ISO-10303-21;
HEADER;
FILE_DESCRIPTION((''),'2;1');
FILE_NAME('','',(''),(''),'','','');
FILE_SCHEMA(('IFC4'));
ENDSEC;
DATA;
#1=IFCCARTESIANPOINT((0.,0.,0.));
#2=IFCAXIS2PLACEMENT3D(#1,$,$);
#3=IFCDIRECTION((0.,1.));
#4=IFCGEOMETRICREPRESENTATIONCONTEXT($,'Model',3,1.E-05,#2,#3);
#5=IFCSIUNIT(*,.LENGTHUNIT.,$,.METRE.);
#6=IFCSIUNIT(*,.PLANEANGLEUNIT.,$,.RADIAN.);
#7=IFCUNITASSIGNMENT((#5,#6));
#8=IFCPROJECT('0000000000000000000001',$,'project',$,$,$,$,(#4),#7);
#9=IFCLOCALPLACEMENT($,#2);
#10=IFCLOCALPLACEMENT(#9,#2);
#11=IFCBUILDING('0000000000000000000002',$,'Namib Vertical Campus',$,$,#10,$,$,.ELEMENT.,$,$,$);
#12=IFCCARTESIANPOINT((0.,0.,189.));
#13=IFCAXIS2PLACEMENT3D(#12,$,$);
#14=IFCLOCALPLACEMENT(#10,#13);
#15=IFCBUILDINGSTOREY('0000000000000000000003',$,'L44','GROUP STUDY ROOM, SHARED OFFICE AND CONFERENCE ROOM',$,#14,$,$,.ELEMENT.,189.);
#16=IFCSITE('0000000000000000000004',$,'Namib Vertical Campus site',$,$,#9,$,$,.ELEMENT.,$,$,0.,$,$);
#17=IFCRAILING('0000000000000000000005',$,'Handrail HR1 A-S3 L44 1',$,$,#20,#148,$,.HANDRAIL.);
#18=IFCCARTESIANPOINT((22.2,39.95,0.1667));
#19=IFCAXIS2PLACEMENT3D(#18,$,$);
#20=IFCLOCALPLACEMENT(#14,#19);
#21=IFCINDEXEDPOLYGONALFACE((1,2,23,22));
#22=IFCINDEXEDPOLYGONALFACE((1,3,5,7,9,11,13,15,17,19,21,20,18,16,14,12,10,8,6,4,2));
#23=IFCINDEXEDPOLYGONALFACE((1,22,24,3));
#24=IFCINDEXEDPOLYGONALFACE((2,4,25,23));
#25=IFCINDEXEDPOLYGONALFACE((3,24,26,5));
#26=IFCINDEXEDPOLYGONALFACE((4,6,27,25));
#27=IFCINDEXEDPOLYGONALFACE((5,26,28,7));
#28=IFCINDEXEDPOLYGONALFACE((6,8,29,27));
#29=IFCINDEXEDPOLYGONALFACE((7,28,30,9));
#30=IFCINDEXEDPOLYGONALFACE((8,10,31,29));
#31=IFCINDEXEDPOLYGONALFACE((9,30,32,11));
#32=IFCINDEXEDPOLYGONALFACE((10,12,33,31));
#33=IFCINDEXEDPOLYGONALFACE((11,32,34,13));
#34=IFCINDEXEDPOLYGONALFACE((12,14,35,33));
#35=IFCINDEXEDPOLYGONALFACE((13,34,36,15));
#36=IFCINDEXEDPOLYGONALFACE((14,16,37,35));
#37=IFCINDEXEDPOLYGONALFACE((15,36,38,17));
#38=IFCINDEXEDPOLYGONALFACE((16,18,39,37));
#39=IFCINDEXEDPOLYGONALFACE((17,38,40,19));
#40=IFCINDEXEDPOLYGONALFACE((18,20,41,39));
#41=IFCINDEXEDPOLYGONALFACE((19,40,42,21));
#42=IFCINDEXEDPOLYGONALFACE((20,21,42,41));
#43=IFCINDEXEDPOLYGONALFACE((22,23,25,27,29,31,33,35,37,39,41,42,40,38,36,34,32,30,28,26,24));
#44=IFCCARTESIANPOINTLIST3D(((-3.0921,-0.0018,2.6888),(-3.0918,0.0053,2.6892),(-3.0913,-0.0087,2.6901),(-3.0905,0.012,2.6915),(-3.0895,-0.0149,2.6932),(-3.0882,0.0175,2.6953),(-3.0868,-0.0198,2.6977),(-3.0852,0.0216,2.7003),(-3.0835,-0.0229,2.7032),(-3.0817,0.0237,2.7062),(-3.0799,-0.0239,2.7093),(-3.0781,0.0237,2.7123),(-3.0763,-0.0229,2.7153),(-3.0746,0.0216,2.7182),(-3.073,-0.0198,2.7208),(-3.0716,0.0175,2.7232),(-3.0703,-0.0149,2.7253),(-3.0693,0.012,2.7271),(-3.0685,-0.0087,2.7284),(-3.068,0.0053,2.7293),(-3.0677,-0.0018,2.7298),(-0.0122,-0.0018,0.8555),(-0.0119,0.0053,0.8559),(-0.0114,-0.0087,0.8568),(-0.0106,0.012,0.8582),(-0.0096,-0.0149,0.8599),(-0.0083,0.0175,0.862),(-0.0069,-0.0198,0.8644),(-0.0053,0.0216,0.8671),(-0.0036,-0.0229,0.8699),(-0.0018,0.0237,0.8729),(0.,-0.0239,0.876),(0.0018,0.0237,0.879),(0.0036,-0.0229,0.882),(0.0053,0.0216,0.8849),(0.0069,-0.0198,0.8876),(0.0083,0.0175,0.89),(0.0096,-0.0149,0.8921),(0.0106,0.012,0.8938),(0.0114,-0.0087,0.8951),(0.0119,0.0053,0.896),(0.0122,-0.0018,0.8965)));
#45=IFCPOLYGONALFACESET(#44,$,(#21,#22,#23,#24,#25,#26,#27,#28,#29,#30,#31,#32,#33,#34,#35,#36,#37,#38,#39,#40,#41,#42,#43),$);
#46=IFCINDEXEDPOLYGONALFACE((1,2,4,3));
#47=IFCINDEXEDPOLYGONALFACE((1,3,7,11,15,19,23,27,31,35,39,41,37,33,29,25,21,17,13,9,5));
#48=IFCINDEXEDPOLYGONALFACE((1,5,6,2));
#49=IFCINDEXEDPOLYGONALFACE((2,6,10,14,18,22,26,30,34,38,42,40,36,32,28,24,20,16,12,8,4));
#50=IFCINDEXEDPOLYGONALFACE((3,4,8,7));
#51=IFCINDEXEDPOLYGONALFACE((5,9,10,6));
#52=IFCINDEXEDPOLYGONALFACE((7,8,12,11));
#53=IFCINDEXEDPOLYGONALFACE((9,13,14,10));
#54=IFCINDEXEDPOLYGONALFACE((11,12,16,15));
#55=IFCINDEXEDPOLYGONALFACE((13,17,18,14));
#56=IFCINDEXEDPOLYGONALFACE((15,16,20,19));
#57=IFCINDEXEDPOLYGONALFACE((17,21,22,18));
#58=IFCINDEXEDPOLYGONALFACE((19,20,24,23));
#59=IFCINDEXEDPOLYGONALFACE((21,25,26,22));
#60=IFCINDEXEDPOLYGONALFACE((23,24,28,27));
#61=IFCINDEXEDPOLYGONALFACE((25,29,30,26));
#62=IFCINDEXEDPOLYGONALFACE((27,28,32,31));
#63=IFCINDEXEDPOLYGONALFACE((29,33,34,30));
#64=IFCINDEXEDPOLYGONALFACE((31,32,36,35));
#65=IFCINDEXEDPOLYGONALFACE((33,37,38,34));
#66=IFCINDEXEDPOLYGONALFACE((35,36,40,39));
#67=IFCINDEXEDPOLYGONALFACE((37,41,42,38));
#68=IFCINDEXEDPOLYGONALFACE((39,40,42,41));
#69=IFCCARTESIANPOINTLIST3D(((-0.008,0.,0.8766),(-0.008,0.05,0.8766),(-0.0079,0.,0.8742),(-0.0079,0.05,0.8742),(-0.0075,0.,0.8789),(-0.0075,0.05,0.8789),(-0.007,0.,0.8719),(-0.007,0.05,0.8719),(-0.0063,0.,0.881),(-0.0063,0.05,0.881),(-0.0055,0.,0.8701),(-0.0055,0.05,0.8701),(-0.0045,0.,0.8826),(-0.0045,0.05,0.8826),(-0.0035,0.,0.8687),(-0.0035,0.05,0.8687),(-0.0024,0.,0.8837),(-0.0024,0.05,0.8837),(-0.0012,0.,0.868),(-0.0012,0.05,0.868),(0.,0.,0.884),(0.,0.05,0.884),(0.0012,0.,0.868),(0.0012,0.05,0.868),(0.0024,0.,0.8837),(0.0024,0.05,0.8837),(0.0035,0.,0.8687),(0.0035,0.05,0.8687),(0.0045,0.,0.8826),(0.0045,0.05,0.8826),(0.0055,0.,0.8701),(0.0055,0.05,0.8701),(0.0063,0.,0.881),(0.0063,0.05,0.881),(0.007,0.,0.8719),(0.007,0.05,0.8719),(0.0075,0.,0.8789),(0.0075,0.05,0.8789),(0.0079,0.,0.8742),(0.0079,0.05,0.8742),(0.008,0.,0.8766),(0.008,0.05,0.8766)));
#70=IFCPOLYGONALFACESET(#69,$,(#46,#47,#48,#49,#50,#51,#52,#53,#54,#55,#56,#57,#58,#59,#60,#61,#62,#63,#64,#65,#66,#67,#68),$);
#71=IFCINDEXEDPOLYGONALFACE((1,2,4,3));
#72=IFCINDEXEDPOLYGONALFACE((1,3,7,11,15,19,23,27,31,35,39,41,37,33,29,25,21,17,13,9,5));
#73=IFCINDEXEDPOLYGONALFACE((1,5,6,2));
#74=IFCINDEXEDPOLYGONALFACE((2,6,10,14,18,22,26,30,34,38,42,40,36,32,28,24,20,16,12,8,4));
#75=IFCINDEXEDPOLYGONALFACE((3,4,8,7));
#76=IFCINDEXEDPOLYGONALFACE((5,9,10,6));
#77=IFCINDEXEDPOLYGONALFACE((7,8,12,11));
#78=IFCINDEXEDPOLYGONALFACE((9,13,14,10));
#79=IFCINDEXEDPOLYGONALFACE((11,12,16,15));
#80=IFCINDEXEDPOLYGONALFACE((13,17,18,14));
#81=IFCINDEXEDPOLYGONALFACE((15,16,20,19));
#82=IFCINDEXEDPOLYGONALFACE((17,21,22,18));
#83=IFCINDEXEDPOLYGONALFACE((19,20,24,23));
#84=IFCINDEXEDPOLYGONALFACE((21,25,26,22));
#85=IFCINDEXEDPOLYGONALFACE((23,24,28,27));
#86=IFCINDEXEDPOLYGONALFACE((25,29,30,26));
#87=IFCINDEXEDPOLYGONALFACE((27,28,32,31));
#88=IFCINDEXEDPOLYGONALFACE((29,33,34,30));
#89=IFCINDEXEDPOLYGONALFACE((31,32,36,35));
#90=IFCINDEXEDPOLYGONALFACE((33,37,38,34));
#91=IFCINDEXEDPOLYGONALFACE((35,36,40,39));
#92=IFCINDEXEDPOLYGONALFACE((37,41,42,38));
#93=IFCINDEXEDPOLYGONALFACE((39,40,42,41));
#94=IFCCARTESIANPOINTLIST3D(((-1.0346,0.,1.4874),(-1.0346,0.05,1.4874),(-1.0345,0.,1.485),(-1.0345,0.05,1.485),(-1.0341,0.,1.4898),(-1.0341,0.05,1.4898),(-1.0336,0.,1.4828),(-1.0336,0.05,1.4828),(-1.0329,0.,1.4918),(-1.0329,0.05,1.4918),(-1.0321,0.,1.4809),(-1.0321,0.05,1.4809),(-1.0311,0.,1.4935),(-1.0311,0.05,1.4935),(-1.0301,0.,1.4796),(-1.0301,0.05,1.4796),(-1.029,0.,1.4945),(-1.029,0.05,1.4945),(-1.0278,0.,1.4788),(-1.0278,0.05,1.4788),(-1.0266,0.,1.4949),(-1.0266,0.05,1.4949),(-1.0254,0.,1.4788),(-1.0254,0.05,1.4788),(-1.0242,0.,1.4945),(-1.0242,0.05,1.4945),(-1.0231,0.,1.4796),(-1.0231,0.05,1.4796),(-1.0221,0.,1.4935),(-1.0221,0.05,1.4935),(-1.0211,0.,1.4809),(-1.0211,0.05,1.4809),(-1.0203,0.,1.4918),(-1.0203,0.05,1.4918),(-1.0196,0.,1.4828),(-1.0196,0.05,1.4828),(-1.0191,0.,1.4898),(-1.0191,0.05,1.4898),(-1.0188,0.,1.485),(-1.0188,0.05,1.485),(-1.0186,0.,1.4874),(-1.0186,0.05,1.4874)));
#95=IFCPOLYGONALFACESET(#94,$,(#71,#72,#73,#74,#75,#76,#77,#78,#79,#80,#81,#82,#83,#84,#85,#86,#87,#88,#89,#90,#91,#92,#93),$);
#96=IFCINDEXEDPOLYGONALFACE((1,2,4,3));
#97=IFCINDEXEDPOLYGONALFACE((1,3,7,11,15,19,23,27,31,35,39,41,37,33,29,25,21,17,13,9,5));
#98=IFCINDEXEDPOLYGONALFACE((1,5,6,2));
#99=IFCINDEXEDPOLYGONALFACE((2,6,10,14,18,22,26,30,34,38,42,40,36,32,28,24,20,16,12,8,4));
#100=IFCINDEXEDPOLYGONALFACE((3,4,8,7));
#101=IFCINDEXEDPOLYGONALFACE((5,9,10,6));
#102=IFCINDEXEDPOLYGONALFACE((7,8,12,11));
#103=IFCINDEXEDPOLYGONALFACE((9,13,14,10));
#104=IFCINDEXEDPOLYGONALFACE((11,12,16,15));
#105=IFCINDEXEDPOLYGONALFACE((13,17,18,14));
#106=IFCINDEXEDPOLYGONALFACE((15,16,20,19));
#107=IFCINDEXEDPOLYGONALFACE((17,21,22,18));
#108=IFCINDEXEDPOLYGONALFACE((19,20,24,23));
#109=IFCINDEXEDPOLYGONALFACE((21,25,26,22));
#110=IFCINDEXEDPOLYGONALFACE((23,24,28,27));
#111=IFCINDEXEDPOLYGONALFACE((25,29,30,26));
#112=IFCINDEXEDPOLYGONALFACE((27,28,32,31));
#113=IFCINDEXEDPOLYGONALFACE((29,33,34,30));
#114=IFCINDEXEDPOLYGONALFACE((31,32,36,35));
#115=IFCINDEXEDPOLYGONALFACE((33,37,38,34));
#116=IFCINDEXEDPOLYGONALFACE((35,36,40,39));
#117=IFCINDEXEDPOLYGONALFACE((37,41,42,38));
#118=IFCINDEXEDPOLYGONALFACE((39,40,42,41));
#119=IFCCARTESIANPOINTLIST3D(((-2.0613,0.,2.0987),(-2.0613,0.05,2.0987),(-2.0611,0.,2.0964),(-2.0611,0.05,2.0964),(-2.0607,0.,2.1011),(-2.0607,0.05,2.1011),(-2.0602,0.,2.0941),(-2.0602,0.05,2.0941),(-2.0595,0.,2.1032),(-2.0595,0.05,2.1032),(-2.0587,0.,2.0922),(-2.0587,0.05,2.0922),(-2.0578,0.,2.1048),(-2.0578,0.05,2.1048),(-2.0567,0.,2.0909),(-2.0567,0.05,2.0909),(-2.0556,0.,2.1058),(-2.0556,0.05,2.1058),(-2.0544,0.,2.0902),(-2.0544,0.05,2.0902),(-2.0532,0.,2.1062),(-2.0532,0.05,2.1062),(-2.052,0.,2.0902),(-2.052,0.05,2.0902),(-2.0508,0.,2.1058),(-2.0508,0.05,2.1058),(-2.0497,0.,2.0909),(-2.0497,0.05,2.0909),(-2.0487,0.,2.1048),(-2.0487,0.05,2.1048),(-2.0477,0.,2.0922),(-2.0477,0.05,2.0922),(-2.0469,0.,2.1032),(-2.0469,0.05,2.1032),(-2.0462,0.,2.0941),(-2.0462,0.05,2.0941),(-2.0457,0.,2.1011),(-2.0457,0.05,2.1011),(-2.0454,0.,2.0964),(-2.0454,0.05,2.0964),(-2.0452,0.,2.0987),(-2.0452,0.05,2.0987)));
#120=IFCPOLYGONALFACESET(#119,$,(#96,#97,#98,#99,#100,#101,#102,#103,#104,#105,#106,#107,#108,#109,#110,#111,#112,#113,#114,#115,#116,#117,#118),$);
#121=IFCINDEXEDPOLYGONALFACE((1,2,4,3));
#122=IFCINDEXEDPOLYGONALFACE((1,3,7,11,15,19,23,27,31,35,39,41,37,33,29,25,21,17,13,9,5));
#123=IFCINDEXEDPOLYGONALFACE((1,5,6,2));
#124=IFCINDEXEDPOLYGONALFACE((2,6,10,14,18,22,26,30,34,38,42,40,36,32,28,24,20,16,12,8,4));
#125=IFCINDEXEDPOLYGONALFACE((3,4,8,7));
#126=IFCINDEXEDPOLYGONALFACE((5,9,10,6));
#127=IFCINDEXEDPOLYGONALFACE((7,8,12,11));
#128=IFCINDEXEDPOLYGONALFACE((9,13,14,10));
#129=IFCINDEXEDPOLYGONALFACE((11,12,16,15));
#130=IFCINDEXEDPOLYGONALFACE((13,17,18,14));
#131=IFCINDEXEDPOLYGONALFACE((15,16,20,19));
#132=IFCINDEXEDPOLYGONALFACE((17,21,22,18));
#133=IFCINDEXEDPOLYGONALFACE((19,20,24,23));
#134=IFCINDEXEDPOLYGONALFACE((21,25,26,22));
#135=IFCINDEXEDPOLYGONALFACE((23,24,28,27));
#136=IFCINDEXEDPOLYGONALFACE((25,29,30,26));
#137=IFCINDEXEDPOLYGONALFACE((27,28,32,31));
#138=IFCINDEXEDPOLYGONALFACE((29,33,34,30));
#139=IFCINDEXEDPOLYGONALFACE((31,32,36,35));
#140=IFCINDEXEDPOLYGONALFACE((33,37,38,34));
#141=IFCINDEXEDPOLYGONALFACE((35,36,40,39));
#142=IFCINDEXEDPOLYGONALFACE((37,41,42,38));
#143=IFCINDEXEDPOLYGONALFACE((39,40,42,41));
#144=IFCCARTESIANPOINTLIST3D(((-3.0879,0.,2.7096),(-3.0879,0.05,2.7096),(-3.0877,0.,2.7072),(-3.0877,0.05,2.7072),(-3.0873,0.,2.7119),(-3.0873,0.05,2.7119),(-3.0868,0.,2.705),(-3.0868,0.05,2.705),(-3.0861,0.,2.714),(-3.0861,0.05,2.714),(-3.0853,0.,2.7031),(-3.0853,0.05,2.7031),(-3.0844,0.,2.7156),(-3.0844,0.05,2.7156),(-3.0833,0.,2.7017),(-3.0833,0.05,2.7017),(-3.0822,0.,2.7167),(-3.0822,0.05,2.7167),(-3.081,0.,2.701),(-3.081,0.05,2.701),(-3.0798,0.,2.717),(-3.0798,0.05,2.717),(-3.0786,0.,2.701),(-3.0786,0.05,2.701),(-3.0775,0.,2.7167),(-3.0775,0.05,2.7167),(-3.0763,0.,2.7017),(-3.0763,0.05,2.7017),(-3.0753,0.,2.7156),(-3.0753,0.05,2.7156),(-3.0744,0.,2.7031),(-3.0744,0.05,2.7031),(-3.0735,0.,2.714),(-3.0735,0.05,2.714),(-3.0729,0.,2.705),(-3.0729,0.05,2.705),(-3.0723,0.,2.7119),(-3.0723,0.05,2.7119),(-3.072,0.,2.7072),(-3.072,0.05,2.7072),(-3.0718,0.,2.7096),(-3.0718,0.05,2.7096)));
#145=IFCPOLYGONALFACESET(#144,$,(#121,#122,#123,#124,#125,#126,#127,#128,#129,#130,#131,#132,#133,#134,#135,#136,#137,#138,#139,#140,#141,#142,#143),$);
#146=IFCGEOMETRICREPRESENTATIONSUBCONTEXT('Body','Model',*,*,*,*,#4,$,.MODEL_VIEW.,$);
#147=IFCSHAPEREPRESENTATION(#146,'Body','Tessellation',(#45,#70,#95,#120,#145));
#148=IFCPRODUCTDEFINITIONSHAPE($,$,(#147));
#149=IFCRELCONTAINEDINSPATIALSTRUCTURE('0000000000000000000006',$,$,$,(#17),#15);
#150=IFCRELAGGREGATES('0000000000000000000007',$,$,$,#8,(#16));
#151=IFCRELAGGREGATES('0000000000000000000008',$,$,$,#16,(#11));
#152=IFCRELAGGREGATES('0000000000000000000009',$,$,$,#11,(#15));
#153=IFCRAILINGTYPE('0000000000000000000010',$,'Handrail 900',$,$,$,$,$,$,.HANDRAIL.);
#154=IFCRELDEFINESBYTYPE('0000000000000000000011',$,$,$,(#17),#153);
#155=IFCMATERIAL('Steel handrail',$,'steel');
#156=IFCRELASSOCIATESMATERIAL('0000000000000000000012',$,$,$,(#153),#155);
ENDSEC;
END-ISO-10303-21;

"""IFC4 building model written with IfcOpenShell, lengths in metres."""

from ifc_helpers import new_model, si_unit, direction, frame, origin, origin_2d, place, context, subcontext, project, spatial, circle, extrude, material, type_object, element, save


model = new_model("IFC4")

# Units and contexts
model_context = context("Model", 3, precision=1e-05, world=origin(), true_north=direction((0.0, 1.0)))
body_context = subcontext(model_context, "Body", "Model", "MODEL_VIEW")
ifc_project = project(units=[si_unit("LENGTHUNIT", "METRE"), si_unit("PLANEANGLEUNIT", "RADIAN")], contexts=[model_context])

# Site, building, storey
site_placement = place(None, origin())
site = spatial("IfcSite", under=ifc_project, at=site_placement, Name="Namib Vertical Campus site", CompositionType="ELEMENT", RefElevation=0.0)
building_placement = place(site_placement, origin())
building = spatial("IfcBuilding", under=site, at=building_placement, Name="Namib Vertical Campus", CompositionType="ELEMENT")
storey_placement = place(building_placement, frame((0.0, 0.0, 189.0)))
storey = spatial("IfcBuildingStorey", under=building, at=storey_placement, Name="L44", Description="GROUP STUDY ROOM, SHARED OFFICE AND CONFERENCE ROOM", CompositionType="ELEMENT", Elevation=189.0)

# Railing
ifc_material_1 = material(Name="Steel handrail", Category="steel")
railing_type_1 = type_object("IfcRailingType", Name="Handrail 900", PredefinedType="HANDRAIL", material=ifc_material_1)
railing_1_placement = place(storey_placement, frame((22.2, 39.95, 0.1667)))
element("IfcRailing", 1, at=railing_1_placement, inside=storey, type_object=railing_type_1, Name="Handrail HR1 A-S3 L44 1", PredefinedType="HANDRAIL", context=body_context, shape_type="SweptSolid", body=[
    extrude(circle(Radius=0.0239, at=origin_2d()), frame((0.0, 0.0, 0.876), z_axis=(-0.859291, 0.0, 0.511487), x_axis=(0.0, -1.0, 0.0)), (0.0, 0.0, 1.0), 3.5842),
    extrude(circle(Radius=0.0081, at=origin_2d()), frame((0.0, 0.0, 0.876), z_axis=(0.0, 1.0, 0.0), x_axis=(0.0, 0.0, 1.0)), (0.0, 0.0, 1.0), 0.05),
    extrude(circle(Radius=0.0081, at=origin_2d()), frame((-1.0266, 0.0, 1.4868), z_axis=(0.0, 1.0, 0.0), x_axis=(0.0, 0.0, 1.0)), (0.0, 0.0, 1.0), 0.05),
    extrude(circle(Radius=0.0081, at=origin_2d()), frame((-2.0532, 0.0, 2.0981), z_axis=(0.0, 1.0, 0.0), x_axis=(0.0, 0.0, 1.0)), (0.0, 0.0, 1.0), 0.05),
    extrude(circle(Radius=0.0081, at=origin_2d()), frame((-3.0798, 0.0, 2.709), z_axis=(0.0, 1.0, 0.0), x_axis=(0.0, 0.0, 1.0)), (0.0, 0.0, 1.0), 0.05),
])

save(model, "model.ifc")
